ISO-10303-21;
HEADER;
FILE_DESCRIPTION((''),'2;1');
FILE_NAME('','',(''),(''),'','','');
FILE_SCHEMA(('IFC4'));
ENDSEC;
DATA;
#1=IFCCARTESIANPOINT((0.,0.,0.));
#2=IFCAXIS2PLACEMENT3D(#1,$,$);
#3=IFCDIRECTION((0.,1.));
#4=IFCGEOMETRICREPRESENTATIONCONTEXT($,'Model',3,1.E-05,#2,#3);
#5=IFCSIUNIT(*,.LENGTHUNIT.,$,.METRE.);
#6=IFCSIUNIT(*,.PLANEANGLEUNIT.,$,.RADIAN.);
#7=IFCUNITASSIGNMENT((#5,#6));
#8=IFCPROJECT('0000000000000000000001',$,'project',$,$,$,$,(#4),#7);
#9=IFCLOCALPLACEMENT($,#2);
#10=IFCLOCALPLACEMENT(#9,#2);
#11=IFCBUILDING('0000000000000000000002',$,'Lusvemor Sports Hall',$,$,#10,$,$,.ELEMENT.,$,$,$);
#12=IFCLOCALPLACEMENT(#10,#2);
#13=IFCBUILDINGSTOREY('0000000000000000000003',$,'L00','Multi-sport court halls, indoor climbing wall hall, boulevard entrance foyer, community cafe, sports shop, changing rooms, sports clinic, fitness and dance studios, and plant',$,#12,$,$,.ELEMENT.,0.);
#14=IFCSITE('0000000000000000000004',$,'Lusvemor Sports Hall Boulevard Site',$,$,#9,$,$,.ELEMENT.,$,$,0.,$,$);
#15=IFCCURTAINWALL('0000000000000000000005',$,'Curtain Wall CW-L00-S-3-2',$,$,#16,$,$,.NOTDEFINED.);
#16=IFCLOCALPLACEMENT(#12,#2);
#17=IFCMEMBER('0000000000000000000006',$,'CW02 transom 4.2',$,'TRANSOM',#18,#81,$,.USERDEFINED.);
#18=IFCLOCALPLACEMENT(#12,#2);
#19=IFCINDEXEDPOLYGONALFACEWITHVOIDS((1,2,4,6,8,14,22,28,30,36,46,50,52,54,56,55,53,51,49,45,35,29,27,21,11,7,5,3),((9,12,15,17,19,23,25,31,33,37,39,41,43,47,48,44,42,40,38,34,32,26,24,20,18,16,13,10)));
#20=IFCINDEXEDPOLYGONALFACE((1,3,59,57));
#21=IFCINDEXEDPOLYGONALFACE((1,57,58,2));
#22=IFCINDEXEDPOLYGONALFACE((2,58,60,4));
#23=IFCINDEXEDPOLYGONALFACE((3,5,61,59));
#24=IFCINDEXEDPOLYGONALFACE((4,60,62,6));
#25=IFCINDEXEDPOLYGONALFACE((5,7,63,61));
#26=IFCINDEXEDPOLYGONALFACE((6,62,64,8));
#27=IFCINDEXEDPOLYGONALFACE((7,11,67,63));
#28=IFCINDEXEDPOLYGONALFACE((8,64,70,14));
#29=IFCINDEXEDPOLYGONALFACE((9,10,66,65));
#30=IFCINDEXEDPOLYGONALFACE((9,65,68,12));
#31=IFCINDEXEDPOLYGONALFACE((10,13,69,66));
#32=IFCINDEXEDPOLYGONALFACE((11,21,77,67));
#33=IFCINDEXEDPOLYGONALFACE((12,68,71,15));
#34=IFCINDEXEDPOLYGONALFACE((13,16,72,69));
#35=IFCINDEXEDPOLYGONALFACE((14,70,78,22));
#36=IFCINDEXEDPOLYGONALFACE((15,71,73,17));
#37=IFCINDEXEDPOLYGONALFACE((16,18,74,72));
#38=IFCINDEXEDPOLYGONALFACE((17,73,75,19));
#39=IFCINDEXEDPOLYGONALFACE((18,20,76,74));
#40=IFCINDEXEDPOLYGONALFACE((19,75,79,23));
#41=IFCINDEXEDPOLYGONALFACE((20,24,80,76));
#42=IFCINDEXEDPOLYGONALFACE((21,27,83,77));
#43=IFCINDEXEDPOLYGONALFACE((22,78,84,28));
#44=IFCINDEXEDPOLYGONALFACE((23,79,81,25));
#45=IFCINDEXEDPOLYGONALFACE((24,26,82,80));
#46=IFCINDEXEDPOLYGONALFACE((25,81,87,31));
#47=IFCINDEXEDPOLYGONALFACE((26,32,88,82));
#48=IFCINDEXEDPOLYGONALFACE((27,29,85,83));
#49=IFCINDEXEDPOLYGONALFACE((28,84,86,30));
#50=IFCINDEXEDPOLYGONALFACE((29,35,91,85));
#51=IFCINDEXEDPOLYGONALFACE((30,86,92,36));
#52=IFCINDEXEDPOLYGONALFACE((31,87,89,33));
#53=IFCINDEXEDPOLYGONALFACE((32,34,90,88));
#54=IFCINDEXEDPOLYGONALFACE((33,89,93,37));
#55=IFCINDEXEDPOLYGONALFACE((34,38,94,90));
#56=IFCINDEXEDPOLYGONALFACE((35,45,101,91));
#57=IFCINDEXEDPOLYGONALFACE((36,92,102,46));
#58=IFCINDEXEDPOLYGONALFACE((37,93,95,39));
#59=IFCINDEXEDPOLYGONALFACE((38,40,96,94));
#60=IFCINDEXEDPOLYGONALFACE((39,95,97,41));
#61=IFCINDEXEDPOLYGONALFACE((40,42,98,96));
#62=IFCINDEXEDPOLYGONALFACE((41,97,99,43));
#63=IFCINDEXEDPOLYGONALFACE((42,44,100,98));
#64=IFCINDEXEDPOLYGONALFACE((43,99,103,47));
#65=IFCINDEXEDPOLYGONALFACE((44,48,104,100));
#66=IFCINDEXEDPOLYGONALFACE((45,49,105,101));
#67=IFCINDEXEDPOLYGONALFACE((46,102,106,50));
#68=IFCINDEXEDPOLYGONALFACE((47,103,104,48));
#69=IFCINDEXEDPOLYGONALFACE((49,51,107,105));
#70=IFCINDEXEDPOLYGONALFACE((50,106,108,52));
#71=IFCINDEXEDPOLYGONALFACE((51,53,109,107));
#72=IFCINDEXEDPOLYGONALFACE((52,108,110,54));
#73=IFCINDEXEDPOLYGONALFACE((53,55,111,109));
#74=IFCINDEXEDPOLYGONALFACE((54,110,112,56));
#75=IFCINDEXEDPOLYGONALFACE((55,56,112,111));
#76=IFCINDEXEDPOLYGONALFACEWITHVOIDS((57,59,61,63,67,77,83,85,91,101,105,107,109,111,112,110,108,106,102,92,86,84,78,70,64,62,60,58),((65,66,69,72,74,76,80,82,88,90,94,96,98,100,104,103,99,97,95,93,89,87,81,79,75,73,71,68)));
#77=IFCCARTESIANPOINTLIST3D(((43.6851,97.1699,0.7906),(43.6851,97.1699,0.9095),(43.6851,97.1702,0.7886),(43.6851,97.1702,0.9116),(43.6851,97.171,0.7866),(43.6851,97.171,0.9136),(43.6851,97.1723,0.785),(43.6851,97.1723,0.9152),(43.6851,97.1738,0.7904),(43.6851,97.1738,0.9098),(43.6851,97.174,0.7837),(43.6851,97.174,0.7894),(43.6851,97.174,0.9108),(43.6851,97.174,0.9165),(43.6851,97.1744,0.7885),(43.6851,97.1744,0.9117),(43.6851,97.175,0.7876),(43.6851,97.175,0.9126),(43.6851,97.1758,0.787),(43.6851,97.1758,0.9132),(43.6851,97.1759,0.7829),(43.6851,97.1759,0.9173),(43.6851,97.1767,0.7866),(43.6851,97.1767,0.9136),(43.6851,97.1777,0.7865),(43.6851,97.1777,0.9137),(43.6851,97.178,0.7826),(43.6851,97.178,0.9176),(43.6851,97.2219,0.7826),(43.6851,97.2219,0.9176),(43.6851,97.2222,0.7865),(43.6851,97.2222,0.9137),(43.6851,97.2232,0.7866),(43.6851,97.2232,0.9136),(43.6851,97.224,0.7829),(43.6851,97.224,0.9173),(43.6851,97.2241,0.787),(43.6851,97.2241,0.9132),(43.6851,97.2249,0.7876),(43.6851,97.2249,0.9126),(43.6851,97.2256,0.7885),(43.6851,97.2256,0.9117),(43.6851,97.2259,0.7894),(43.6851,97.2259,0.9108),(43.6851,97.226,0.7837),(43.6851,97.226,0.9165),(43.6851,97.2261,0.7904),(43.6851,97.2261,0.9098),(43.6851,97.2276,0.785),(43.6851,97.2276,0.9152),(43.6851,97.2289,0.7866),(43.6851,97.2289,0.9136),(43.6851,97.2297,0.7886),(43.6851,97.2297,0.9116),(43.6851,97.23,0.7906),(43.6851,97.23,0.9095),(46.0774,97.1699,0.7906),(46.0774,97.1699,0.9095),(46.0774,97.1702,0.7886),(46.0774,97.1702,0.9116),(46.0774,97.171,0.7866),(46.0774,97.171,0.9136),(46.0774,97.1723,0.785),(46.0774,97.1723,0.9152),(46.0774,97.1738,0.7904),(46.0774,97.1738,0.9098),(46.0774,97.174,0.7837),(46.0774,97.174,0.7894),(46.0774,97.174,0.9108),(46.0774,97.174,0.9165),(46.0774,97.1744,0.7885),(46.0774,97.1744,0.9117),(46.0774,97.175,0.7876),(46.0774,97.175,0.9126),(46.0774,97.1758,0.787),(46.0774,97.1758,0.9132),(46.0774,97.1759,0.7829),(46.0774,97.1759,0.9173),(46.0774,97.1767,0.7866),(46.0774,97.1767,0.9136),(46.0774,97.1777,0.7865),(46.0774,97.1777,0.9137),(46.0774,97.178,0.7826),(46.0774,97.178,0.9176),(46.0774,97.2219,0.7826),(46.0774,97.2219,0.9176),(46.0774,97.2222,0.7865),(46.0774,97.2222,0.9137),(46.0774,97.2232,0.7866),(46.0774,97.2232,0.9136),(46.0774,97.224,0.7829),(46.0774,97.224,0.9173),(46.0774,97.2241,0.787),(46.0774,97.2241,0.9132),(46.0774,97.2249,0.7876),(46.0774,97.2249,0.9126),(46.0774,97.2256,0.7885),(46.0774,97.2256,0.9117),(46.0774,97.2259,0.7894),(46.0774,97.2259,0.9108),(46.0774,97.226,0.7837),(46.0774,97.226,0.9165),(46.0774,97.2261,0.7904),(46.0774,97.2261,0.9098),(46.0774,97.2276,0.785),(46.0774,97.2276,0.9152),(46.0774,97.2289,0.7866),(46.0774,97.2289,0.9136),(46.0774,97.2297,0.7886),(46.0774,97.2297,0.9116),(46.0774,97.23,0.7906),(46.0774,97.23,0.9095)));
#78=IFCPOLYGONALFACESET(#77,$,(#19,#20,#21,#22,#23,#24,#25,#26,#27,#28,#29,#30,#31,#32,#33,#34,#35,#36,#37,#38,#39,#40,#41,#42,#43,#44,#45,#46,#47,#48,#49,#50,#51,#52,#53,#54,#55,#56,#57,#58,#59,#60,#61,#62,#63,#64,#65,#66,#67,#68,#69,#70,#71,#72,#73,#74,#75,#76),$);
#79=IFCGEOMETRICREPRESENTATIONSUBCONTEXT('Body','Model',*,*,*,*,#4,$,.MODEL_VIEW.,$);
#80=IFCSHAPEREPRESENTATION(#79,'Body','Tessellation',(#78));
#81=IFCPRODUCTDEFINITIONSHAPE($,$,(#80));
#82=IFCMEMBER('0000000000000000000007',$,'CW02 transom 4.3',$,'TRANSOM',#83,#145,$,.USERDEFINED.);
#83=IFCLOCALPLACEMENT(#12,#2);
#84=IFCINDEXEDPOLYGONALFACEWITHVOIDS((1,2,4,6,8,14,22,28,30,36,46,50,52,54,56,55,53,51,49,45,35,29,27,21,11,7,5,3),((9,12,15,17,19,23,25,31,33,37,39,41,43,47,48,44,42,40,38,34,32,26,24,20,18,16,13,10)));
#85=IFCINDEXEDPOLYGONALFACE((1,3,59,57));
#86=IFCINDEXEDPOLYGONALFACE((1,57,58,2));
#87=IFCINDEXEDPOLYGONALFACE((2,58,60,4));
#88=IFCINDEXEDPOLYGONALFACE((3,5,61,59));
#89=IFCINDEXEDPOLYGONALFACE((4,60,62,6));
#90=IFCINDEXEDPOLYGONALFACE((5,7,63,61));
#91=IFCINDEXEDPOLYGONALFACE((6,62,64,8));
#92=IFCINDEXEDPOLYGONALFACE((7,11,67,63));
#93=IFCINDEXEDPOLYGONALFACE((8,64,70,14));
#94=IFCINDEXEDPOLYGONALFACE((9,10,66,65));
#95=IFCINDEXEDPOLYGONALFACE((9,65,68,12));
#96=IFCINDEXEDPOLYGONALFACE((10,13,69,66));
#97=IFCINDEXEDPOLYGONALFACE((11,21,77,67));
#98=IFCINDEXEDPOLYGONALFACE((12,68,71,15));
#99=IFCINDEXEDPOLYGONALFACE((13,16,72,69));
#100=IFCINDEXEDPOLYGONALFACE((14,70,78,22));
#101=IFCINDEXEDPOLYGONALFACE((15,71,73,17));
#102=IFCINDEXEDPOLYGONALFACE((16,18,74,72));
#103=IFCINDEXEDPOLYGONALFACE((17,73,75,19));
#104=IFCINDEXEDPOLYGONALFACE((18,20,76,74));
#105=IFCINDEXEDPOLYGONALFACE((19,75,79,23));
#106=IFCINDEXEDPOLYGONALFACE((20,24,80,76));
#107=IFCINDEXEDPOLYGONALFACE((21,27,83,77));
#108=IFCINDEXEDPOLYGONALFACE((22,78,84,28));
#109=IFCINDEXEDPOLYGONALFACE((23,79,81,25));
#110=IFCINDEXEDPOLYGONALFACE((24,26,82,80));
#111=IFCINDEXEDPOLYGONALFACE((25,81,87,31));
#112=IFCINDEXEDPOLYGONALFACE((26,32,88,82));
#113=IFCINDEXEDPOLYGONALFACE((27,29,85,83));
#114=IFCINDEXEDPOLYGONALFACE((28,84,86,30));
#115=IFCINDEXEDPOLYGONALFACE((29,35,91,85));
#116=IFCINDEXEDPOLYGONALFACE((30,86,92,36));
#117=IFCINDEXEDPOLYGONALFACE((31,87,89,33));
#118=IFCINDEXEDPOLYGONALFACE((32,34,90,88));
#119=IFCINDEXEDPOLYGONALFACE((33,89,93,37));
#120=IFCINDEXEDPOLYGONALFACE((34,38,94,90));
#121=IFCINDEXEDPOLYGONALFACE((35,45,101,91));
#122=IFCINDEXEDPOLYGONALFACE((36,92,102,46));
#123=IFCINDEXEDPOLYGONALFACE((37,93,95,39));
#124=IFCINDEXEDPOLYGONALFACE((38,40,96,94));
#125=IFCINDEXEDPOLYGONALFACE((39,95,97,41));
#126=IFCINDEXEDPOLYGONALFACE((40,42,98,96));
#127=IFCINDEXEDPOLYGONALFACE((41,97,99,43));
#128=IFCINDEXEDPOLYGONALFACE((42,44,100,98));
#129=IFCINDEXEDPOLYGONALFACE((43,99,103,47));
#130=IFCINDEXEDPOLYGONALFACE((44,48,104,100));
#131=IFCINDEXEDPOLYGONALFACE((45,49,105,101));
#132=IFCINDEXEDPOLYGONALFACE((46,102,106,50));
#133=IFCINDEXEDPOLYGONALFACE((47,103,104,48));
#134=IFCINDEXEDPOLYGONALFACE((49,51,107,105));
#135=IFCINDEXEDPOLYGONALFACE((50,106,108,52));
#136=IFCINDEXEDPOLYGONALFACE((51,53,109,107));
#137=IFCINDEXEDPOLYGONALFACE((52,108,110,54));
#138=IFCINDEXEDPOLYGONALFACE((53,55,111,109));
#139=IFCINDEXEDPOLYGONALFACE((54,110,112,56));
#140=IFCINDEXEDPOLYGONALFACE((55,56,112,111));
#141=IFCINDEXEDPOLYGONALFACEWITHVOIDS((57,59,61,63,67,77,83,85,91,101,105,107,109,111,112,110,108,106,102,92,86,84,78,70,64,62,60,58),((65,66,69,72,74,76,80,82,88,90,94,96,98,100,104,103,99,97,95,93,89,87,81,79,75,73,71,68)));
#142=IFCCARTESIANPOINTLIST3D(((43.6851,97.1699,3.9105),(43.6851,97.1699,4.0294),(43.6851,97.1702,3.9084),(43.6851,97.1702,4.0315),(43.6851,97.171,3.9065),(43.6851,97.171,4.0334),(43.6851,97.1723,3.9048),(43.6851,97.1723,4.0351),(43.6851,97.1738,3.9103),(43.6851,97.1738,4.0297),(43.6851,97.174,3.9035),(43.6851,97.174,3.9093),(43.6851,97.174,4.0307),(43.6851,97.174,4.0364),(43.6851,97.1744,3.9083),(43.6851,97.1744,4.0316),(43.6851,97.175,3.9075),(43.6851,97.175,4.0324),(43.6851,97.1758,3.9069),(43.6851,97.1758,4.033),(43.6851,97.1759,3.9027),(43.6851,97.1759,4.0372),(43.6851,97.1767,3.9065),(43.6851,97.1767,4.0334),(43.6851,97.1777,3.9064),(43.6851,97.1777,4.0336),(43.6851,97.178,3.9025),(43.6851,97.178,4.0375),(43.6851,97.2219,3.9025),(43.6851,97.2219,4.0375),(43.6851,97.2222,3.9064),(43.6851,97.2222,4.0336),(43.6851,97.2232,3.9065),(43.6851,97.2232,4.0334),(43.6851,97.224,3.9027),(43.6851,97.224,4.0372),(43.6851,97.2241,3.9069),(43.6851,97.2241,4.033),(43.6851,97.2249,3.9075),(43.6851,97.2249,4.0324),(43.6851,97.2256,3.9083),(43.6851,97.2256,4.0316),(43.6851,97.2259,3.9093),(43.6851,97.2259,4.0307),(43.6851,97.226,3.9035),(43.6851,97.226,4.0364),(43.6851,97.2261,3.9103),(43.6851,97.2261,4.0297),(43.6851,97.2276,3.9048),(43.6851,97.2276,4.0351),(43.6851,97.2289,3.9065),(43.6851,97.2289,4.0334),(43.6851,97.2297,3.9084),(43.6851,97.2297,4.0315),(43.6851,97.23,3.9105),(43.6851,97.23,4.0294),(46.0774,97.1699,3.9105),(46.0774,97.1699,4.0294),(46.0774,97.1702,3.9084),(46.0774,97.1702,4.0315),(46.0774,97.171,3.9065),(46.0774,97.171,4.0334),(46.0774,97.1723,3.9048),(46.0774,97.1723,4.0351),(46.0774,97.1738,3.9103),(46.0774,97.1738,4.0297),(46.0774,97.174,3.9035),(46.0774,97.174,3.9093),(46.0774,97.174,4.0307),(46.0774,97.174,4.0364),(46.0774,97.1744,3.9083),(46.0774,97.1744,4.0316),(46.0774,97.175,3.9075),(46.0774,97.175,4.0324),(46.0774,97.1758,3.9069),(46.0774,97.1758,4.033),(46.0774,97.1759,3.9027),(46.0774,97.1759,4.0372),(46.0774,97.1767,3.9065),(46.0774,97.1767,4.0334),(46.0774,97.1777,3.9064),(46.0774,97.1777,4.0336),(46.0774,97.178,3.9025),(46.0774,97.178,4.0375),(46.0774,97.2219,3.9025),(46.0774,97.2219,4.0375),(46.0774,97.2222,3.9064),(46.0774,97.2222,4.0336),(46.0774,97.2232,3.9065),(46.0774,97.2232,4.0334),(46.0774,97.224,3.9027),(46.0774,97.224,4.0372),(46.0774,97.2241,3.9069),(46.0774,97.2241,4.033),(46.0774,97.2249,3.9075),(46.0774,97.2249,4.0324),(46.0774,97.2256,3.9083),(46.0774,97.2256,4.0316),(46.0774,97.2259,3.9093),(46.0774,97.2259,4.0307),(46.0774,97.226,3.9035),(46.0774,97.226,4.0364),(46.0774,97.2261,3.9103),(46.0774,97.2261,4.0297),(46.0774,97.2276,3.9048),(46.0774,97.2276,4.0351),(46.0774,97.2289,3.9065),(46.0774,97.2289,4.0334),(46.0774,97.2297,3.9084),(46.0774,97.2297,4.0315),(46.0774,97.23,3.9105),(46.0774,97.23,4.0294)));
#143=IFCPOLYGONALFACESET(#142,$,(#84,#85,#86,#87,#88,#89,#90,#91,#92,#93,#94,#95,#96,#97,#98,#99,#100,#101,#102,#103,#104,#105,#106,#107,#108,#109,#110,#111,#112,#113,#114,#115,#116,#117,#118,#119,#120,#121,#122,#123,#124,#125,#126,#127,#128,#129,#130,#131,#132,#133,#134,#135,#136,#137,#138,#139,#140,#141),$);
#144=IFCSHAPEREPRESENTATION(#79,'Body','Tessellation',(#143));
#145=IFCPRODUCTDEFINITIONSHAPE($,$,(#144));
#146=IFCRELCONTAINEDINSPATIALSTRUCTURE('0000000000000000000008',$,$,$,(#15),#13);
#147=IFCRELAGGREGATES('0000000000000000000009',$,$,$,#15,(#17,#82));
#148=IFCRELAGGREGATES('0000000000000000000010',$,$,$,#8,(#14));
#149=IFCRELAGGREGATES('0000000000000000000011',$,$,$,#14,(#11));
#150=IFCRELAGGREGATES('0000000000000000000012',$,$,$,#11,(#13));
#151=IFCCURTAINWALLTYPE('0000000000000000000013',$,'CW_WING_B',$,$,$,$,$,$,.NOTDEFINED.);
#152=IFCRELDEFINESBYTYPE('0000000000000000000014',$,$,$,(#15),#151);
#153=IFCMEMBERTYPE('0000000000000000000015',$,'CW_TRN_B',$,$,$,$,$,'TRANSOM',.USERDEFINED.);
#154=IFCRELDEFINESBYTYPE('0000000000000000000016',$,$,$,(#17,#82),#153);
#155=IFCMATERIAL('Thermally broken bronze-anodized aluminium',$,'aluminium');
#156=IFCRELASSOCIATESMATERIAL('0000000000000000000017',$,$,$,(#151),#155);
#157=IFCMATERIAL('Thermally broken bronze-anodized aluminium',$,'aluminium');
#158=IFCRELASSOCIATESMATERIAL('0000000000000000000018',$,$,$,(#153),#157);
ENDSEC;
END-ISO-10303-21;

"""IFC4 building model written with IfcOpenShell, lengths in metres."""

from ifc_helpers import new_model, si_unit, direction, frame, origin, origin_2d, place, context, subcontext, project, spatial, hollow_rectangle, extrude, material, material_profile, profile_set, type_object, element, aggregate, save


model = new_model("IFC4")

# Units and contexts
model_context = context("Model", 3, precision=1e-05, world=origin(), true_north=direction((0.0, 1.0)))
body_context = subcontext(model_context, "Body", "Model", "MODEL_VIEW")
ifc_project = project(units=[si_unit("LENGTHUNIT", "METRE"), si_unit("PLANEANGLEUNIT", "RADIAN")], contexts=[model_context])

# Site, building, storey
site_placement = place(None, origin())
site = spatial("IfcSite", under=ifc_project, at=site_placement, Name="Lusvemor Sports Hall Boulevard Site", CompositionType="ELEMENT", RefElevation=0.0)
building_placement = place(site_placement, origin())
building = spatial("IfcBuilding", under=site, at=building_placement, Name="Lusvemor Sports Hall", CompositionType="ELEMENT")
storey_placement = place(building_placement, origin())
storey = spatial("IfcBuildingStorey", under=building, at=storey_placement, Name="L00", Description="Multi-sport court halls, indoor climbing wall hall, boulevard entrance foyer, community cafe, sports shop, changing rooms, sports clinic, fitness and dance studios, and plant", CompositionType="ELEMENT", Elevation=0.0)

# Curtain wall, members
ifc_material_1 = material(Name="Thermally broken bronze-anodized aluminium", Category="aluminium")
curtain_wall_type = type_object("IfcCurtainWallType", Name="CW_WING_B", PredefinedType="NOTDEFINED", material=ifc_material_1)
curtain_wall_placement = place(storey_placement, origin())
curtain_wall = element("IfcCurtainWall", 1, at=curtain_wall_placement, inside=storey, type_object=curtain_wall_type, Name="Curtain Wall CW-L00-S-3-2", PredefinedType="NOTDEFINED")
ifc_material_2 = material(Name="Thermally broken bronze-anodized aluminium", Category="aluminium")
ifc_material_profile_1 = material_profile(ifc_material_2, hollow_rectangle(XDim=0.0601, YDim=0.135, WallThickness=0.0039, InnerFilletRadius=0.0039, OuterFilletRadius=0.0081, at=origin_2d()), Name="CWTRN135x60x4")
ifc_profile_set_1 = profile_set([ifc_material_profile_1], Name="Thermally broken bronze-anodized aluminium")
member_type_1 = type_object("IfcMemberType", Name="CW_TRN_B", ElementType="TRANSOM", PredefinedType="USERDEFINED", material=ifc_profile_set_1)
member_1_placement = place(storey_placement, frame((46.0774, 97.2, 0.8501), z_axis=(-1.0, 0.0, 0.0), x_axis=(0.0, -1.0, 0.0)))
member_1 = element("IfcMember", 2, at=member_1_placement, type_object=member_type_1, Name="CW02 transom 4.2", ObjectType="TRANSOM", PredefinedType="USERDEFINED", context=body_context, shape_type="SweptSolid", body=[
    extrude(hollow_rectangle(XDim=0.0601, YDim=0.135, WallThickness=0.0039, InnerFilletRadius=0.0039, OuterFilletRadius=0.0081, at=origin_2d()), origin(), (0.0, 0.0, 1.0), 2.3923),
])
member_2_placement = place(storey_placement, frame((46.0774, 97.2, 3.97), z_axis=(-1.0, 0.0, 0.0), x_axis=(0.0, -1.0, 0.0)))
member_2 = element("IfcMember", 3, at=member_2_placement, type_object=member_type_1, Name="CW02 transom 4.3", ObjectType="TRANSOM", PredefinedType="USERDEFINED", context=body_context, shape_type="SweptSolid", body=[
    extrude(hollow_rectangle(XDim=0.0601, YDim=0.135, WallThickness=0.0039, InnerFilletRadius=0.0039, OuterFilletRadius=0.0081, at=origin_2d()), origin(), (0.0, 0.0, 1.0), 2.3923),
])
aggregate(curtain_wall, [member_1, member_2])

save(model, "model.ifc")
